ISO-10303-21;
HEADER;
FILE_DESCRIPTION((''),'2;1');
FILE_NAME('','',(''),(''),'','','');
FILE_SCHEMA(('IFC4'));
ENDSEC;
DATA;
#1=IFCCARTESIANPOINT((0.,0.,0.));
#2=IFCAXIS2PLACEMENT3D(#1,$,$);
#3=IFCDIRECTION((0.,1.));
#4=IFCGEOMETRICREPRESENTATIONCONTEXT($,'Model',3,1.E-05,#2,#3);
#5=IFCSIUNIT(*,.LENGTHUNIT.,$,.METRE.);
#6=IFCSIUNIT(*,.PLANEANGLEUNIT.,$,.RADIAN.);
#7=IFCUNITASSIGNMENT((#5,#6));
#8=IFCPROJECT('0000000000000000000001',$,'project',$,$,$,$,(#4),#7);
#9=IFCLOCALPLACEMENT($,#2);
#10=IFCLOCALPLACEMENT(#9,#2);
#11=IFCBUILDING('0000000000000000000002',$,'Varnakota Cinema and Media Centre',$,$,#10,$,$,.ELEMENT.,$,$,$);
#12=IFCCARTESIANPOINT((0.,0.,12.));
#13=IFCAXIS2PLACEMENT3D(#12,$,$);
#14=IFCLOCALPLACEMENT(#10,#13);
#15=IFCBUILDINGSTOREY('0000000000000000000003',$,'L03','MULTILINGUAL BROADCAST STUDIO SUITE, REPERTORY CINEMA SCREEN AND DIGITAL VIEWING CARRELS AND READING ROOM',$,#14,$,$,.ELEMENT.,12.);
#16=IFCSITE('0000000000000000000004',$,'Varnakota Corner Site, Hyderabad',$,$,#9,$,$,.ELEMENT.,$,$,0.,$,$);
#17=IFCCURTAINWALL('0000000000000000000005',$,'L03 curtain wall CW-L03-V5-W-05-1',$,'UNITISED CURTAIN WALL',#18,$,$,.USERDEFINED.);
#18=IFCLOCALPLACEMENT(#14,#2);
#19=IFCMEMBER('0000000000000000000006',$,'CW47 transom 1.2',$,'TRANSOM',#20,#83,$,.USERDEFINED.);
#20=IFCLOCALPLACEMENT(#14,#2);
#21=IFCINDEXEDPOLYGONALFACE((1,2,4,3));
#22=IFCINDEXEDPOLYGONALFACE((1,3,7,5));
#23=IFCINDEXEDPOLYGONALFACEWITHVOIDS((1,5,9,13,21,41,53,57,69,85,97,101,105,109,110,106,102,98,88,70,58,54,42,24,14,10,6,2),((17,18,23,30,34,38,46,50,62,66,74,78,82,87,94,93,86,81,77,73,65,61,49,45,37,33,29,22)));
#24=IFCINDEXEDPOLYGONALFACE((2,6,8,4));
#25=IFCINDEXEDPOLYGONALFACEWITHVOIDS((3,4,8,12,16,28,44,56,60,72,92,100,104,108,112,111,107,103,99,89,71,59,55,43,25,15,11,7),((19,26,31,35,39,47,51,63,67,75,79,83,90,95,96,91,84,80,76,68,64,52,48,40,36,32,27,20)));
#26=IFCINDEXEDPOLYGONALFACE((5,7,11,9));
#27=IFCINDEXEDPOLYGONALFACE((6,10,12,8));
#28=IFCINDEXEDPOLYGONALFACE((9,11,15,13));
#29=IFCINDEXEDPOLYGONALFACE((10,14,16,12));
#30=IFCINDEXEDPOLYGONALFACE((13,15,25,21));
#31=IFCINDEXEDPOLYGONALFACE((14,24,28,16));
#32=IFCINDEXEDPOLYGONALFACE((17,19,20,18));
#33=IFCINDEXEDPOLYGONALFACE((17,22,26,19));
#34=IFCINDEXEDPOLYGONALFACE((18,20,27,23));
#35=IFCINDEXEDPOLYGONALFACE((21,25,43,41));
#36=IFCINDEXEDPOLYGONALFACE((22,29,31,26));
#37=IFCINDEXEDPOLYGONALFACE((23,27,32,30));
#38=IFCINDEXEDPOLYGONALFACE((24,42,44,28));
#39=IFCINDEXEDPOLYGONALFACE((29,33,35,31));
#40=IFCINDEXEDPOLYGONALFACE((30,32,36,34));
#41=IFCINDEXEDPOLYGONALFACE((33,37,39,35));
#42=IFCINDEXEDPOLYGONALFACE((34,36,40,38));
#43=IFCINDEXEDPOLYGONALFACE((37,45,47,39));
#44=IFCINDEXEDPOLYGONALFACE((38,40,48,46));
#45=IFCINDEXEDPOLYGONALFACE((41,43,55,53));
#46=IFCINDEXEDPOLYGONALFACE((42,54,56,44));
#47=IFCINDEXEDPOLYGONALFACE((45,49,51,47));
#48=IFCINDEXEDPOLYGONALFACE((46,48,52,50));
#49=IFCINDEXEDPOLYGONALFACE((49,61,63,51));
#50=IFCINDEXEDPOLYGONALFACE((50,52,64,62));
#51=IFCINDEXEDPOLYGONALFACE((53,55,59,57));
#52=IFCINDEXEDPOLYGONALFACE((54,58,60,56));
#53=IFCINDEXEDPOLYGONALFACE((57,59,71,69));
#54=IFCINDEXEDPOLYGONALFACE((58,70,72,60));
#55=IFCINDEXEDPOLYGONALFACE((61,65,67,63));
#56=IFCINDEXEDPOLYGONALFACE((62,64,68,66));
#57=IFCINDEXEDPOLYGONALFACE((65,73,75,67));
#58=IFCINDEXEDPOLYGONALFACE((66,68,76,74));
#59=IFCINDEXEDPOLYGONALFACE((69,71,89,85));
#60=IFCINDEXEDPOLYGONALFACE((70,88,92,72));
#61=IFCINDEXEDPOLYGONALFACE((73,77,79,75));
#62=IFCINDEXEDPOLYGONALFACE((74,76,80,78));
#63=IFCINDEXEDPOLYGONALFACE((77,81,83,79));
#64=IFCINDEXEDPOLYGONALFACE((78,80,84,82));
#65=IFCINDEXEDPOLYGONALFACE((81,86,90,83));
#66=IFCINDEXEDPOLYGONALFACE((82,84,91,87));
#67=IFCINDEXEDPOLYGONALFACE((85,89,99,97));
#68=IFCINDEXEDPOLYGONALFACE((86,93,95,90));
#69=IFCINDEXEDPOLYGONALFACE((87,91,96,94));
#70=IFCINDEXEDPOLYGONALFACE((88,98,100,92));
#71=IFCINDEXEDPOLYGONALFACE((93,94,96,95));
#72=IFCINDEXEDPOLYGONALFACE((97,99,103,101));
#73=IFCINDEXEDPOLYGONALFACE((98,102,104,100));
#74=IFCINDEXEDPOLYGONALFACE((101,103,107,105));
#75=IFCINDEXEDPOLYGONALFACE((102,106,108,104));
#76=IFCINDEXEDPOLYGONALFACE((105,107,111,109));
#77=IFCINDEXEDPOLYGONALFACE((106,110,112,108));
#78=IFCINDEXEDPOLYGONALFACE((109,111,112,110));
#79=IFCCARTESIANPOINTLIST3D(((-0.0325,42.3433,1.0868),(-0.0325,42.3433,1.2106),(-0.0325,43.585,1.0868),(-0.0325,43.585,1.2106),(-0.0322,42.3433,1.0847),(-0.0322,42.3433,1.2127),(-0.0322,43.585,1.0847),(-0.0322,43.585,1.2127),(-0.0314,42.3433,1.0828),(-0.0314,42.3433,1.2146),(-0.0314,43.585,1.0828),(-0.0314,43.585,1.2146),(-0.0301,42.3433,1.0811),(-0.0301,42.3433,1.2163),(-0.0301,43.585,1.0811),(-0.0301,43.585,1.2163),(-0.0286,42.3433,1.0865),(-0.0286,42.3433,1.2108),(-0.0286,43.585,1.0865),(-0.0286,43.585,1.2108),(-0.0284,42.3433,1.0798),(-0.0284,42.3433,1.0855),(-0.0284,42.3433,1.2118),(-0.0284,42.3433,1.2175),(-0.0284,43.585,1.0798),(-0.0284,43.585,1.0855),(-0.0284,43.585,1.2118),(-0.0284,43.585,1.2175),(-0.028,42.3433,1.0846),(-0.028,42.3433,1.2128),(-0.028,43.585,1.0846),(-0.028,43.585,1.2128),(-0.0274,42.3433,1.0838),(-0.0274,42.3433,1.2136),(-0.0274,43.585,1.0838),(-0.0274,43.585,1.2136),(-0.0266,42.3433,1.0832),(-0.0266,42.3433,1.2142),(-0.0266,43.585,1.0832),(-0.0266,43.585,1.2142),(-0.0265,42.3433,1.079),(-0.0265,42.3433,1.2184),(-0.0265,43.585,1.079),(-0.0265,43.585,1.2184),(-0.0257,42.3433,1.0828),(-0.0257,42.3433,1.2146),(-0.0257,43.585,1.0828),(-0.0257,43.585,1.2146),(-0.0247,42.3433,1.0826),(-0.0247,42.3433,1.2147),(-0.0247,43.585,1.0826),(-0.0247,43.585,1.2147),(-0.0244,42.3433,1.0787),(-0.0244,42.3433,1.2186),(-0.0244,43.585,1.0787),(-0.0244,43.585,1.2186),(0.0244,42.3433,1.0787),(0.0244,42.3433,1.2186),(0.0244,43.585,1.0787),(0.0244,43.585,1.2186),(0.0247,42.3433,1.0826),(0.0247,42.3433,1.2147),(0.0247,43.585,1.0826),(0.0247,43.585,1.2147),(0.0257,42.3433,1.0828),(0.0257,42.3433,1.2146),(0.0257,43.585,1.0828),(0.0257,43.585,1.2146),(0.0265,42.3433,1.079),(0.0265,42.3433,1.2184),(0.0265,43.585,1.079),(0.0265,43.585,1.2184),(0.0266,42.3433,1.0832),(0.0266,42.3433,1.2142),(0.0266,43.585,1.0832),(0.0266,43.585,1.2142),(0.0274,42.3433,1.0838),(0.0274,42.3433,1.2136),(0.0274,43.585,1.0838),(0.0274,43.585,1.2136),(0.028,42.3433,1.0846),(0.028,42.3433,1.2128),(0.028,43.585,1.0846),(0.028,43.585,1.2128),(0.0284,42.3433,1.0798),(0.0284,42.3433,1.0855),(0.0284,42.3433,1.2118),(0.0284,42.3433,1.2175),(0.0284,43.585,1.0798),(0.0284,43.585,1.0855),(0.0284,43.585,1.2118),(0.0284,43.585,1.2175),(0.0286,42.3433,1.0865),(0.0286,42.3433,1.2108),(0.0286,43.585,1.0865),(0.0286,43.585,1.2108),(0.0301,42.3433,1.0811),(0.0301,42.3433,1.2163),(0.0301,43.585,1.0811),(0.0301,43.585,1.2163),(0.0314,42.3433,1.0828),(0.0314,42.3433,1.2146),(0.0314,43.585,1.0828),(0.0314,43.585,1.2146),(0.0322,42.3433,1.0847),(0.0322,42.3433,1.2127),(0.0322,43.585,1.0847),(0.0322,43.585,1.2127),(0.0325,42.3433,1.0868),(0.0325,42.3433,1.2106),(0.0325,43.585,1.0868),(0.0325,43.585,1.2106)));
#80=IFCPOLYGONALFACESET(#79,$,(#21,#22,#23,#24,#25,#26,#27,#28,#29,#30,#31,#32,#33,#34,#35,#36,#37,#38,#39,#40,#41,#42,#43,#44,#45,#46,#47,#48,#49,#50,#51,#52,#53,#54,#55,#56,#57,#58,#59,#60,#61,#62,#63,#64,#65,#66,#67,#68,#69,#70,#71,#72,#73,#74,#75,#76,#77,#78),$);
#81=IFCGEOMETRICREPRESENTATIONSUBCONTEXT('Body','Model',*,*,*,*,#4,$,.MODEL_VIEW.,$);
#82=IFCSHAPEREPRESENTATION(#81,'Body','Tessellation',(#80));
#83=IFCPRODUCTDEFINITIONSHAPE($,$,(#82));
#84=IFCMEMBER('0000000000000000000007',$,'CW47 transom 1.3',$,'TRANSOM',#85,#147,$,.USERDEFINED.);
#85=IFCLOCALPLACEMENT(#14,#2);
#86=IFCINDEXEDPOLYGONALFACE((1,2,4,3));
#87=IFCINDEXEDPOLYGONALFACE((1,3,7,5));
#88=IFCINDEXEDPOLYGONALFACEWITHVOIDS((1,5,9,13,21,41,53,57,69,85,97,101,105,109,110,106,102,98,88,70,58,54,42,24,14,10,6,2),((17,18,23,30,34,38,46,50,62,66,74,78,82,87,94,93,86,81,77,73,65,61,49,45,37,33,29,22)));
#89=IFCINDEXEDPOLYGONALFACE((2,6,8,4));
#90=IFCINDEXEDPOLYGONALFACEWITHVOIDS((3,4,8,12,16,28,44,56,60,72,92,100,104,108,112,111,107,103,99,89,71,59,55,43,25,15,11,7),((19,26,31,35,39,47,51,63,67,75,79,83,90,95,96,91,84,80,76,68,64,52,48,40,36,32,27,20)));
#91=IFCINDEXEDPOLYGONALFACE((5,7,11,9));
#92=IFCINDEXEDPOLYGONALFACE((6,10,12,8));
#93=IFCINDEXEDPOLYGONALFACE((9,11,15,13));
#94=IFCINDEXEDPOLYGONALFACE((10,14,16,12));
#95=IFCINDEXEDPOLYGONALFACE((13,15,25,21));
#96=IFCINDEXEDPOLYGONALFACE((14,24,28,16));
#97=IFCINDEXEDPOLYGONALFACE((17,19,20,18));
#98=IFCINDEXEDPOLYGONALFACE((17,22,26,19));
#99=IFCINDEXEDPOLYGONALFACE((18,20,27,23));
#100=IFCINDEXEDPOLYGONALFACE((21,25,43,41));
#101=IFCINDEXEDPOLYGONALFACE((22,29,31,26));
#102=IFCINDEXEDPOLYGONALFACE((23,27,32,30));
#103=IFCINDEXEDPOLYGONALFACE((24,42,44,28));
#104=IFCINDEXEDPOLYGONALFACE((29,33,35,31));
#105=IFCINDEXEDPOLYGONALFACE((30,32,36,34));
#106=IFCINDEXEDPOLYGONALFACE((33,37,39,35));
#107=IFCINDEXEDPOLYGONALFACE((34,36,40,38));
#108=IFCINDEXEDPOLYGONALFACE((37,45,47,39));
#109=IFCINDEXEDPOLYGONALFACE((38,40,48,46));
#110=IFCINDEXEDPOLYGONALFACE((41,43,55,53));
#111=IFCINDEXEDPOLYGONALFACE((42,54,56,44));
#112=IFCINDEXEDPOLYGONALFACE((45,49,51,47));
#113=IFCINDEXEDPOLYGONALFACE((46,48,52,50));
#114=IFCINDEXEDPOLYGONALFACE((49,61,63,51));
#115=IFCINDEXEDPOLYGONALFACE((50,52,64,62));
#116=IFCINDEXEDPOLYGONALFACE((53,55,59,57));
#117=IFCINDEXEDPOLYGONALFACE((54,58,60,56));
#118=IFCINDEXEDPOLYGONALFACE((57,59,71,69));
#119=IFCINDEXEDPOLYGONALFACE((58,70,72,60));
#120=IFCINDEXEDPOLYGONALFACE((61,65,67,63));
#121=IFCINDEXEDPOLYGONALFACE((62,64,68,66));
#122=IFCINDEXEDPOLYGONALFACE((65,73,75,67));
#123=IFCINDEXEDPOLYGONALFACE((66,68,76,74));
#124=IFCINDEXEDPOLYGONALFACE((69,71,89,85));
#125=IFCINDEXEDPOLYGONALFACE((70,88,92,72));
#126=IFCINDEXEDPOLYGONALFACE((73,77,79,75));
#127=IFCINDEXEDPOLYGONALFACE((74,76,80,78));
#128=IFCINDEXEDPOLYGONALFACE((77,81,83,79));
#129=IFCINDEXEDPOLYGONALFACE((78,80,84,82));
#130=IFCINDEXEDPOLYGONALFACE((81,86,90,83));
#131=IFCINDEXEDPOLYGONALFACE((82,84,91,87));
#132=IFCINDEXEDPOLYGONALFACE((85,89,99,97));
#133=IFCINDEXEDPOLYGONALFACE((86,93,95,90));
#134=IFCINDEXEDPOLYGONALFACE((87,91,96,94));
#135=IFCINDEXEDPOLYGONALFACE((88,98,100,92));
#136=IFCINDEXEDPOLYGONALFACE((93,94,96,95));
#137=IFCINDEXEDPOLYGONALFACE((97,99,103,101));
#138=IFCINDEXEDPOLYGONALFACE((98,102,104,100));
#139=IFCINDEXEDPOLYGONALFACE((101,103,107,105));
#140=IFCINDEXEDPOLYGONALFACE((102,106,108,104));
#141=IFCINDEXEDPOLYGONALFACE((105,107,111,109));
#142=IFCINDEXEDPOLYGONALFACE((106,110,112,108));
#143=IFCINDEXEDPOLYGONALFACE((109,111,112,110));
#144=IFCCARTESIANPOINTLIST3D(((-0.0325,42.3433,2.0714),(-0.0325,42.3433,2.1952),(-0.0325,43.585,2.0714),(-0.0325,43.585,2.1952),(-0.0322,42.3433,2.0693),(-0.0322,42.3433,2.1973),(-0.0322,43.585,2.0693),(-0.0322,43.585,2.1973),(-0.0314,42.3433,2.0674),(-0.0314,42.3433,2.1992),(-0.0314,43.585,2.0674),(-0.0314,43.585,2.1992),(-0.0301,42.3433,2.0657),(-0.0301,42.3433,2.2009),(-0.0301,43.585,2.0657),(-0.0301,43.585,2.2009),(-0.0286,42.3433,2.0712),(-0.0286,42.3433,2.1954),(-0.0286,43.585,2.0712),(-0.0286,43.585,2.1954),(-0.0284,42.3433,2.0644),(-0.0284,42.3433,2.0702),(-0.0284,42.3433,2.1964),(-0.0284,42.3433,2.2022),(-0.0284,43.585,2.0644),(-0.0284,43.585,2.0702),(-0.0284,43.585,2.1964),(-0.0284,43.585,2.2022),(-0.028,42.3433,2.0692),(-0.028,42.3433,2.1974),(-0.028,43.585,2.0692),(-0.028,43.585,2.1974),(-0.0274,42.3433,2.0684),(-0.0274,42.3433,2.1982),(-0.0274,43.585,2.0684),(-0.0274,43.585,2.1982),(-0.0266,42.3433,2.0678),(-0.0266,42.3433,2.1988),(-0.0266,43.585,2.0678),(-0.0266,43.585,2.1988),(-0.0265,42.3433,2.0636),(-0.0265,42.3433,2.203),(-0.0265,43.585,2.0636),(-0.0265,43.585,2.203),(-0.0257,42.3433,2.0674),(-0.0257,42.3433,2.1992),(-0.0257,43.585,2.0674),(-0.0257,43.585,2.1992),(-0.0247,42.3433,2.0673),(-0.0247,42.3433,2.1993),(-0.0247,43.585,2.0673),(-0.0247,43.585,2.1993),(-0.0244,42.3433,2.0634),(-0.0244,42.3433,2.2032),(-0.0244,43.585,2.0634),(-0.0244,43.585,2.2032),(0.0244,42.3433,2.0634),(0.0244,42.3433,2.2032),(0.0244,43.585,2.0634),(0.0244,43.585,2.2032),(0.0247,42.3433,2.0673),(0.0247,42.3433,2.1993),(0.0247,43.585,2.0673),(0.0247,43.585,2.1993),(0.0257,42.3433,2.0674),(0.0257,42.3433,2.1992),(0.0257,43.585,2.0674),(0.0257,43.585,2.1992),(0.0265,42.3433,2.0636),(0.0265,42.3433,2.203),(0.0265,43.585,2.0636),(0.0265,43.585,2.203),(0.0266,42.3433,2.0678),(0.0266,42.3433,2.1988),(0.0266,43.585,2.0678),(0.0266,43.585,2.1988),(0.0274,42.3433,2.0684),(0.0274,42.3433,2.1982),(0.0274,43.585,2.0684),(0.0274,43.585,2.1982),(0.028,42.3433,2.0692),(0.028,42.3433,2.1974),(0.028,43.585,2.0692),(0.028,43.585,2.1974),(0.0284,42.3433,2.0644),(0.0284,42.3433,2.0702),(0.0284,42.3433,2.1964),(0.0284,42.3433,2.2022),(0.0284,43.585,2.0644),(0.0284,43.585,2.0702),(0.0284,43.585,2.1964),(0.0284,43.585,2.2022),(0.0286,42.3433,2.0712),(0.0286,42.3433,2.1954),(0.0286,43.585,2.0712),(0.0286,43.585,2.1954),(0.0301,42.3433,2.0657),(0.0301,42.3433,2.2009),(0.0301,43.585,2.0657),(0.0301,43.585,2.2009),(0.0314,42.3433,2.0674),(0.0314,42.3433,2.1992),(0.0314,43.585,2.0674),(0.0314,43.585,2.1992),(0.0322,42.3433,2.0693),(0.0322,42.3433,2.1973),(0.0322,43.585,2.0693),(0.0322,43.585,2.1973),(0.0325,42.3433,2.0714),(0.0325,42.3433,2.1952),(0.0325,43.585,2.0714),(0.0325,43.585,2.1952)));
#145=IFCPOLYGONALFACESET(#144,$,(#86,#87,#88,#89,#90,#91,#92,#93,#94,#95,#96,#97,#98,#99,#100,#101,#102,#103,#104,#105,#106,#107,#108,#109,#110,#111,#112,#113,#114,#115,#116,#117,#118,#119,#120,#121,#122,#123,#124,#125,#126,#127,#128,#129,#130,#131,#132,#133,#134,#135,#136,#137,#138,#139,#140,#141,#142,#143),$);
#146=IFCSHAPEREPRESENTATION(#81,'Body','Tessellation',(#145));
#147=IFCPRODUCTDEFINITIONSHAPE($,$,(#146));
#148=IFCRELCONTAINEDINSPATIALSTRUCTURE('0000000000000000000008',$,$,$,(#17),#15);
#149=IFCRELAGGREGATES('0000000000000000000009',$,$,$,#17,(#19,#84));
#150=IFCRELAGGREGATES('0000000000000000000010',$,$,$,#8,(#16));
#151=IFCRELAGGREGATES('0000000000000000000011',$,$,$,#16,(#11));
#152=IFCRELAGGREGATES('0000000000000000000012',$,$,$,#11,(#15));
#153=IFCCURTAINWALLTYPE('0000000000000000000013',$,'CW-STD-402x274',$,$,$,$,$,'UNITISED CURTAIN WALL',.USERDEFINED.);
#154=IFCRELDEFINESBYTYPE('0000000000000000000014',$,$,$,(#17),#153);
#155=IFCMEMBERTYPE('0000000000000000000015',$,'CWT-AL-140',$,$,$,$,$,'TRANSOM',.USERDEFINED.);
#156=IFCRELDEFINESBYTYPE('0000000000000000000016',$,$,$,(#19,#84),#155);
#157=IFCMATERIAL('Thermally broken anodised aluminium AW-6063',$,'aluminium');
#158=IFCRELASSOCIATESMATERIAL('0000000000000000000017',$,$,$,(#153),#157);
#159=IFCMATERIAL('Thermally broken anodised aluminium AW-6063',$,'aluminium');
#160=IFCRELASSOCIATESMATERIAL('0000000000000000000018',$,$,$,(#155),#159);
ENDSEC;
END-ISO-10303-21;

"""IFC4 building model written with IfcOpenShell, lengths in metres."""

from ifc_helpers import new_model, si_unit, direction, frame, origin, origin_2d, place, context, subcontext, project, spatial, hollow_rectangle, extrude, material, material_profile, profile_set, type_object, element, aggregate, save


model = new_model("IFC4")

# Units and contexts
model_context = context("Model", 3, precision=1e-05, world=origin(), true_north=direction((0.0, 1.0)))
body_context = subcontext(model_context, "Body", "Model", "MODEL_VIEW")
ifc_project = project(units=[si_unit("LENGTHUNIT", "METRE"), si_unit("PLANEANGLEUNIT", "RADIAN")], contexts=[model_context])

# Site, building, storey
site_placement = place(None, origin())
site = spatial("IfcSite", under=ifc_project, at=site_placement, Name="Varnakota Corner Site, Hyderabad", CompositionType="ELEMENT", RefElevation=0.0)
building_placement = place(site_placement, origin())
building = spatial("IfcBuilding", under=site, at=building_placement, Name="Varnakota Cinema and Media Centre", CompositionType="ELEMENT")
storey_placement = place(building_placement, frame((0.0, 0.0, 12.0)))
storey = spatial("IfcBuildingStorey", under=building, at=storey_placement, Name="L03", Description="MULTILINGUAL BROADCAST STUDIO SUITE, REPERTORY CINEMA SCREEN AND DIGITAL VIEWING CARRELS AND READING ROOM", CompositionType="ELEMENT", Elevation=12.0)

# Curtain wall, members
ifc_material_1 = material(Name="Thermally broken anodised aluminium AW-6063", Category="aluminium")
curtain_wall_type_1 = type_object("IfcCurtainWallType", Name="CW-STD-402x274", ElementType="UNITISED CURTAIN WALL", PredefinedType="USERDEFINED", material=ifc_material_1)
curtain_wall_1_placement = place(storey_placement, origin())
curtain_wall_1 = element("IfcCurtainWall", 1, at=curtain_wall_1_placement, inside=storey, type_object=curtain_wall_type_1, Name="L03 curtain wall CW-L03-V5-W-05-1", ObjectType="UNITISED CURTAIN WALL", PredefinedType="USERDEFINED")
ifc_material_2 = material(Name="Thermally broken anodised aluminium AW-6063", Category="aluminium")
ifc_material_profile_1 = material_profile(ifc_material_2, hollow_rectangle(XDim=0.0649, YDim=0.1399, WallThickness=0.0039, InnerFilletRadius=0.0039, OuterFilletRadius=0.0081, at=origin_2d()), Name="AL-TRANSOM 140x65x4")
ifc_profile_set_1 = profile_set([ifc_material_profile_1], Name="Thermally broken anodised aluminium AW-6063")
member_type_1 = type_object("IfcMemberType", Name="CWT-AL-140", ElementType="TRANSOM", PredefinedType="USERDEFINED", material=ifc_profile_set_1)
member_1_placement = place(storey_placement, frame((0.0, 43.585, 1.1487), z_axis=(0.0, -1.0, 0.0), x_axis=(1.0, 0.0, 0.0)))
member_1 = element("IfcMember", 2, at=member_1_placement, type_object=member_type_1, Name="CW47 transom 1.2", ObjectType="TRANSOM", PredefinedType="USERDEFINED", context=body_context, shape_type="SweptSolid", body=[
    extrude(hollow_rectangle(XDim=0.0649, YDim=0.1399, WallThickness=0.0039, InnerFilletRadius=0.0039, OuterFilletRadius=0.0081, at=origin_2d()), origin(), (0.0, 0.0, 1.0), 1.2417),
])
member_2_placement = place(storey_placement, frame((0.0, 43.585, 2.1333), z_axis=(0.0, -1.0, 0.0), x_axis=(1.0, 0.0, 0.0)))
member_2 = element("IfcMember", 3, at=member_2_placement, type_object=member_type_1, Name="CW47 transom 1.3", ObjectType="TRANSOM", PredefinedType="USERDEFINED", context=body_context, shape_type="SweptSolid", body=[
    extrude(hollow_rectangle(XDim=0.0649, YDim=0.1399, WallThickness=0.0039, InnerFilletRadius=0.0039, OuterFilletRadius=0.0081, at=origin_2d()), origin(), (0.0, 0.0, 1.0), 1.2417),
])

aggregate(curtain_wall_1, [member_1, member_2])

save(model, "model.ifc")
